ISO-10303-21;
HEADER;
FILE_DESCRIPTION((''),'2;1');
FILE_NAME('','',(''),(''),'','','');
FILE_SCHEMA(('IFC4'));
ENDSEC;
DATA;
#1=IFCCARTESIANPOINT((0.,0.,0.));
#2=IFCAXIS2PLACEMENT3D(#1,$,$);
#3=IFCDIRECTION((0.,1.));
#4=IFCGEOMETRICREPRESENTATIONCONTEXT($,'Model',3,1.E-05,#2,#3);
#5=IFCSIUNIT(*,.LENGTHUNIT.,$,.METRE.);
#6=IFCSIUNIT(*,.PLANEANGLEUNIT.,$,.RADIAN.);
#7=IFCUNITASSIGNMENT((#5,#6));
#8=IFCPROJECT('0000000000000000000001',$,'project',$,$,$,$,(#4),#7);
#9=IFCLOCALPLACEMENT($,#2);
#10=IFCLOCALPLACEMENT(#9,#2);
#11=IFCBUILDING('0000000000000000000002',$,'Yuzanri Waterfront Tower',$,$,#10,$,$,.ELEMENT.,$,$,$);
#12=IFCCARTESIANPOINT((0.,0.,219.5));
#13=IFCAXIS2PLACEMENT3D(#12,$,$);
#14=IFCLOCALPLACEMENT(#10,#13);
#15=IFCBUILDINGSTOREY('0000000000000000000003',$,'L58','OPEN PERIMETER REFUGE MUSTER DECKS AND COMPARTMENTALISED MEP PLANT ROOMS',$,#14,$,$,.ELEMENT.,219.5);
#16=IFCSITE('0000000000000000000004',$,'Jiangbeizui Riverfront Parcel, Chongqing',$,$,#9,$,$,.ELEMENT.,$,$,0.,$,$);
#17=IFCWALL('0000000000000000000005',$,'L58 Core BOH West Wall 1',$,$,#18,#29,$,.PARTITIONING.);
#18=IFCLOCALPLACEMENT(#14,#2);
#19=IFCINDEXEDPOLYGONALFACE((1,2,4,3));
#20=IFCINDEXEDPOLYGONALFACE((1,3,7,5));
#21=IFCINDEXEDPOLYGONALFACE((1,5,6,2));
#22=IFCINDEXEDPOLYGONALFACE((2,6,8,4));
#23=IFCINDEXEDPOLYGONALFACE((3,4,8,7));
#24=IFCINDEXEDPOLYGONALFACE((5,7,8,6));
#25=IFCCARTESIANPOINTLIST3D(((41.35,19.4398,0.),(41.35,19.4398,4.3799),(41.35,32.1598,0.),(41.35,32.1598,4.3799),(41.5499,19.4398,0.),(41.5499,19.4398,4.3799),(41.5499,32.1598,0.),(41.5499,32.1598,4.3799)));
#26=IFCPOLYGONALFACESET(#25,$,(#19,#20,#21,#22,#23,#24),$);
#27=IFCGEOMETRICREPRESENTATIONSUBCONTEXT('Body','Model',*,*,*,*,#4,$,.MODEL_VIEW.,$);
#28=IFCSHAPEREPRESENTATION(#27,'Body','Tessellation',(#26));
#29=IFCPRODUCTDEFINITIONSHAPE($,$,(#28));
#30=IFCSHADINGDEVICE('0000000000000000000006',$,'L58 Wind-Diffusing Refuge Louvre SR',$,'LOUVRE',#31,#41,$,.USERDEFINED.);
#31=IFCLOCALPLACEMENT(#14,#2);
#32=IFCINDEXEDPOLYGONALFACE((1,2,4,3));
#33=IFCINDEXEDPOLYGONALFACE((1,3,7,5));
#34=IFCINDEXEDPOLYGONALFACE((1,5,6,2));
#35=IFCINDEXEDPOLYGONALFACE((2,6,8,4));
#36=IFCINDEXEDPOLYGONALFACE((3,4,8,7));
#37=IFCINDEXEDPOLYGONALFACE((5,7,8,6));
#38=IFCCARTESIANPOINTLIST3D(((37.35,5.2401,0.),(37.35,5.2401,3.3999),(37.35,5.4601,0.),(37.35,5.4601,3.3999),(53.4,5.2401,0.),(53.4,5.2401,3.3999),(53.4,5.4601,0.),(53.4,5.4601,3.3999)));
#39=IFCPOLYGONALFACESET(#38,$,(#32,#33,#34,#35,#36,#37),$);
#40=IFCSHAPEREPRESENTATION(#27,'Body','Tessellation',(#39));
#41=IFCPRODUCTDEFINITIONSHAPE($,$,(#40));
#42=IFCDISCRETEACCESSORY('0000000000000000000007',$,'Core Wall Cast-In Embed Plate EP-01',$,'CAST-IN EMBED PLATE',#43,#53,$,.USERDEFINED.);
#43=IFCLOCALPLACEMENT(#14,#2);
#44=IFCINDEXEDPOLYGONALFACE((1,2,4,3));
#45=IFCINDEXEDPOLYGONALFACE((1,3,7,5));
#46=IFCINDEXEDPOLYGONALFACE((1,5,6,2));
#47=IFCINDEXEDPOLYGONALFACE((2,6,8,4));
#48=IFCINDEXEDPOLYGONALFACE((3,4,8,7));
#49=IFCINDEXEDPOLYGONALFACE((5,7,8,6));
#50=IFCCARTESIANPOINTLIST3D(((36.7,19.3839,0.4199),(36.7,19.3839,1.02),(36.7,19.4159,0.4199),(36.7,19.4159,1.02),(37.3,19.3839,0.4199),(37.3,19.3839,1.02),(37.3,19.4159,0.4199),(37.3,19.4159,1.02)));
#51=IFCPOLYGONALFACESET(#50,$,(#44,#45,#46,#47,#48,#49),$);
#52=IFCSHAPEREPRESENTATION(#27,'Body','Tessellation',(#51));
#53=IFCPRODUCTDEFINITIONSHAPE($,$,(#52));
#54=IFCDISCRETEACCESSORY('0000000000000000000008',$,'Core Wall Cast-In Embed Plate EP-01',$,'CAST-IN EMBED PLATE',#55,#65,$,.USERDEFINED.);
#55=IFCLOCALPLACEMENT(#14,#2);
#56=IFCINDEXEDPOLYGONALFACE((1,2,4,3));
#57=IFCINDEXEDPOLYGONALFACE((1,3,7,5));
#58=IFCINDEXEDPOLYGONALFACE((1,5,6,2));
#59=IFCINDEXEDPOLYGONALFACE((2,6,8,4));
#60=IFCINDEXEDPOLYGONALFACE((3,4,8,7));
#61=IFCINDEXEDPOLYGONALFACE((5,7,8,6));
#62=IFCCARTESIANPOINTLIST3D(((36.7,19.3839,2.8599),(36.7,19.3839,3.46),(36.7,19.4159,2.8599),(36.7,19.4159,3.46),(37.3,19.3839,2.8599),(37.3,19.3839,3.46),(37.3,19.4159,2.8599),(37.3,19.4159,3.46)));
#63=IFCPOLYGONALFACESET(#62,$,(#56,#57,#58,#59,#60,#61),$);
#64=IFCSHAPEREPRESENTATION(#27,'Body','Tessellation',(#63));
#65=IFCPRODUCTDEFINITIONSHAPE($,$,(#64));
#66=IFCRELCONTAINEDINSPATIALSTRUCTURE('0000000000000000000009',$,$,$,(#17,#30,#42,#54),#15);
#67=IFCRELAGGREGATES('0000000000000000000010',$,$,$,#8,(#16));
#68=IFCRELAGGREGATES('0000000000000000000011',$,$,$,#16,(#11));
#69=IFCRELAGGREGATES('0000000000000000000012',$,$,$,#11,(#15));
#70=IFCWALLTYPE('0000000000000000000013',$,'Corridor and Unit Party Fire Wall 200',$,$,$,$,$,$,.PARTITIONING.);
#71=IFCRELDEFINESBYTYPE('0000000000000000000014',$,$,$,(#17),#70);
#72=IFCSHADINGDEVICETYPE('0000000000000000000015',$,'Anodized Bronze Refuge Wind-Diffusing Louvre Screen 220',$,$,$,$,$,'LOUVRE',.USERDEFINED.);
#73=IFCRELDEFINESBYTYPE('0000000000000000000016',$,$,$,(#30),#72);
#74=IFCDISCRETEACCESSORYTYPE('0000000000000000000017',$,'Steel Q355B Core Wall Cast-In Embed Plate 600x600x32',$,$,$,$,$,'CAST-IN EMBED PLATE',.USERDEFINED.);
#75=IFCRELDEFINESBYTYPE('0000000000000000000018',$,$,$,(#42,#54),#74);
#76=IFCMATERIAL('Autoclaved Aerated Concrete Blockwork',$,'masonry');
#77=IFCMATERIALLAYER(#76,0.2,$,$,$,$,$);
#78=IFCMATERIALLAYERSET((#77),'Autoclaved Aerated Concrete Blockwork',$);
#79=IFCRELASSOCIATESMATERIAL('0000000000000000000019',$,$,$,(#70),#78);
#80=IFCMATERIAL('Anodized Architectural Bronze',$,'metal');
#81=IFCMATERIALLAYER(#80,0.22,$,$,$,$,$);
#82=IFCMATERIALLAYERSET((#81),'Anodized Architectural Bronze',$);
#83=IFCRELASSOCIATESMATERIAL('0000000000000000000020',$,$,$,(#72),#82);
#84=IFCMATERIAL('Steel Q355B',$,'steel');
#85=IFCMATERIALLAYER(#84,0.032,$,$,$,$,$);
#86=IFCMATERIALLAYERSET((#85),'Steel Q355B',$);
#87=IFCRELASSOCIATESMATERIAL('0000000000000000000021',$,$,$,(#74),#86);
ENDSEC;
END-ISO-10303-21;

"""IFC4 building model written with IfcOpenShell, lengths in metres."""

from ifc_helpers import new_model, si_unit, direction, frame, frame_2d, origin, origin_2d, place, context, subcontext, project, spatial, rectangle, extrude, source, transform, mapped, material, layer, layer_set, type_object, element, save


model = new_model("IFC4")

# Units and contexts
model_context = context("Model", 3, precision=1e-05, world=origin(), true_north=direction((0.0, 1.0)))
body_context = subcontext(model_context, "Body", "Model", "MODEL_VIEW")
ifc_project = project(units=[si_unit("LENGTHUNIT", "METRE"), si_unit("PLANEANGLEUNIT", "RADIAN")], contexts=[model_context])

# Site, building, storey
site_placement = place(None, origin())
site = spatial("IfcSite", under=ifc_project, at=site_placement, Name="Jiangbeizui Riverfront Parcel, Chongqing", CompositionType="ELEMENT", RefElevation=0.0)
building_placement = place(site_placement, origin())
building = spatial("IfcBuilding", under=site, at=building_placement, Name="Yuzanri Waterfront Tower", CompositionType="ELEMENT")
storey_placement = place(building_placement, frame((0.0, 0.0, 219.5)))
storey = spatial("IfcBuildingStorey", under=building, at=storey_placement, Name="L58", Description="OPEN PERIMETER REFUGE MUSTER DECKS AND COMPARTMENTALISED MEP PLANT ROOMS", CompositionType="ELEMENT", Elevation=219.5)

# Wall
ifc_material_1 = material(Name="Autoclaved Aerated Concrete Blockwork", Category="masonry")
ifc_layer_1 = layer(ifc_material_1, 0.2)
ifc_layer_set_1 = layer_set([ifc_layer_1], Name="Autoclaved Aerated Concrete Blockwork")
wall_type_1 = type_object("IfcWallType", Name="Corridor and Unit Party Fire Wall 200", PredefinedType="PARTITIONING", material=ifc_layer_set_1)
shared_shape_1 = source(origin(), body_context, "Body", "SweptSolid", [
    extrude(rectangle(XDim=12.72, YDim=0.2, at=frame_2d((6.3599, 0.0))), origin(), (0.0, 0.0, 1.0), 4.3799),
])
wall_placement = place(storey_placement, frame((41.45, 19.4399, 0.0), z_axis=(0.0, 0.0, 1.0), x_axis=(0.0, 1.0, 0.0)))
element("IfcWall", 1, at=wall_placement, inside=storey, type_object=wall_type_1, Name="L58 Core BOH West Wall 1", PredefinedType="PARTITIONING", context=body_context, shape_type="MappedRepresentation", body=[
    mapped(shared_shape_1, transform((0.0, 0.0, 0.0), scale=1.0)),
])

# Shading device
ifc_material_2 = material(Name="Anodized Architectural Bronze", Category="metal")
ifc_layer_2 = layer(ifc_material_2, 0.22)
ifc_layer_set_2 = layer_set([ifc_layer_2], Name="Anodized Architectural Bronze")
shading_device_type = type_object("IfcShadingDeviceType", Name="Anodized Bronze Refuge Wind-Diffusing Louvre Screen 220", ElementType="LOUVRE", PredefinedType="USERDEFINED", material=ifc_layer_set_2)
shared_shape_2 = source(origin(), body_context, "Body", "SweptSolid", [
    extrude(rectangle(XDim=16.05, YDim=0.22, at=origin_2d()), origin(), (0.0, 0.0, 1.0), 3.3999),
])
shading_device_placement = place(storey_placement, frame((45.375, 5.3501, 0.0), z_axis=(0.0, 0.0, 1.0), x_axis=(1.0, 0.0, 0.0)))
element("IfcShadingDevice", 2, at=shading_device_placement, inside=storey, type_object=shading_device_type, Name="L58 Wind-Diffusing Refuge Louvre SR", ObjectType="LOUVRE", PredefinedType="USERDEFINED", context=body_context, shape_type="MappedRepresentation", body=[
    mapped(shared_shape_2, transform((0.0, 0.0, 0.0), scale=1.0)),
])

# Discrete accessories
ifc_material_3 = material(Name="Steel Q355B", Category="steel")
ifc_layer_3 = layer(ifc_material_3, 0.032)
ifc_layer_set_3 = layer_set([ifc_layer_3], Name="Steel Q355B")
discrete_accessory_type = type_object("IfcDiscreteAccessoryType", Name="Steel Q355B Core Wall Cast-In Embed Plate 600x600x32", ElementType="CAST-IN EMBED PLATE", PredefinedType="USERDEFINED", material=ifc_layer_set_3)
shared_shape_3 = source(origin(), body_context, "Body", "SweptSolid", [
    extrude(rectangle(XDim=0.6001, YDim=0.032, at=origin_2d()), origin(), (0.0, 0.0, 1.0), 0.6001),
])
for number, where, z_axis, x_axis, name in (
    (3, (37.0, 19.3999, 0.4199), (0.0, 0.0, 1.0), (1.0, 0.0, 0.0), "Core Wall Cast-In Embed Plate EP-01"),
    (4, (37.0, 19.3999, 2.8599), (0.0, 0.0, 1.0), (1.0, 0.0, 0.0), "Core Wall Cast-In Embed Plate EP-01"),
):
    element("IfcDiscreteAccessory", number, at=place(storey_placement, frame(where, z_axis=z_axis, x_axis=x_axis)), inside=storey, type_object=discrete_accessory_type, Name=name, ObjectType="CAST-IN EMBED PLATE", PredefinedType="USERDEFINED", context=body_context, shape_type="MappedRepresentation", body=[
        mapped(shared_shape_3, transform((0.0, 0.0, 0.0), scale=1.0)),
    ])

save(model, "model.ifc")
